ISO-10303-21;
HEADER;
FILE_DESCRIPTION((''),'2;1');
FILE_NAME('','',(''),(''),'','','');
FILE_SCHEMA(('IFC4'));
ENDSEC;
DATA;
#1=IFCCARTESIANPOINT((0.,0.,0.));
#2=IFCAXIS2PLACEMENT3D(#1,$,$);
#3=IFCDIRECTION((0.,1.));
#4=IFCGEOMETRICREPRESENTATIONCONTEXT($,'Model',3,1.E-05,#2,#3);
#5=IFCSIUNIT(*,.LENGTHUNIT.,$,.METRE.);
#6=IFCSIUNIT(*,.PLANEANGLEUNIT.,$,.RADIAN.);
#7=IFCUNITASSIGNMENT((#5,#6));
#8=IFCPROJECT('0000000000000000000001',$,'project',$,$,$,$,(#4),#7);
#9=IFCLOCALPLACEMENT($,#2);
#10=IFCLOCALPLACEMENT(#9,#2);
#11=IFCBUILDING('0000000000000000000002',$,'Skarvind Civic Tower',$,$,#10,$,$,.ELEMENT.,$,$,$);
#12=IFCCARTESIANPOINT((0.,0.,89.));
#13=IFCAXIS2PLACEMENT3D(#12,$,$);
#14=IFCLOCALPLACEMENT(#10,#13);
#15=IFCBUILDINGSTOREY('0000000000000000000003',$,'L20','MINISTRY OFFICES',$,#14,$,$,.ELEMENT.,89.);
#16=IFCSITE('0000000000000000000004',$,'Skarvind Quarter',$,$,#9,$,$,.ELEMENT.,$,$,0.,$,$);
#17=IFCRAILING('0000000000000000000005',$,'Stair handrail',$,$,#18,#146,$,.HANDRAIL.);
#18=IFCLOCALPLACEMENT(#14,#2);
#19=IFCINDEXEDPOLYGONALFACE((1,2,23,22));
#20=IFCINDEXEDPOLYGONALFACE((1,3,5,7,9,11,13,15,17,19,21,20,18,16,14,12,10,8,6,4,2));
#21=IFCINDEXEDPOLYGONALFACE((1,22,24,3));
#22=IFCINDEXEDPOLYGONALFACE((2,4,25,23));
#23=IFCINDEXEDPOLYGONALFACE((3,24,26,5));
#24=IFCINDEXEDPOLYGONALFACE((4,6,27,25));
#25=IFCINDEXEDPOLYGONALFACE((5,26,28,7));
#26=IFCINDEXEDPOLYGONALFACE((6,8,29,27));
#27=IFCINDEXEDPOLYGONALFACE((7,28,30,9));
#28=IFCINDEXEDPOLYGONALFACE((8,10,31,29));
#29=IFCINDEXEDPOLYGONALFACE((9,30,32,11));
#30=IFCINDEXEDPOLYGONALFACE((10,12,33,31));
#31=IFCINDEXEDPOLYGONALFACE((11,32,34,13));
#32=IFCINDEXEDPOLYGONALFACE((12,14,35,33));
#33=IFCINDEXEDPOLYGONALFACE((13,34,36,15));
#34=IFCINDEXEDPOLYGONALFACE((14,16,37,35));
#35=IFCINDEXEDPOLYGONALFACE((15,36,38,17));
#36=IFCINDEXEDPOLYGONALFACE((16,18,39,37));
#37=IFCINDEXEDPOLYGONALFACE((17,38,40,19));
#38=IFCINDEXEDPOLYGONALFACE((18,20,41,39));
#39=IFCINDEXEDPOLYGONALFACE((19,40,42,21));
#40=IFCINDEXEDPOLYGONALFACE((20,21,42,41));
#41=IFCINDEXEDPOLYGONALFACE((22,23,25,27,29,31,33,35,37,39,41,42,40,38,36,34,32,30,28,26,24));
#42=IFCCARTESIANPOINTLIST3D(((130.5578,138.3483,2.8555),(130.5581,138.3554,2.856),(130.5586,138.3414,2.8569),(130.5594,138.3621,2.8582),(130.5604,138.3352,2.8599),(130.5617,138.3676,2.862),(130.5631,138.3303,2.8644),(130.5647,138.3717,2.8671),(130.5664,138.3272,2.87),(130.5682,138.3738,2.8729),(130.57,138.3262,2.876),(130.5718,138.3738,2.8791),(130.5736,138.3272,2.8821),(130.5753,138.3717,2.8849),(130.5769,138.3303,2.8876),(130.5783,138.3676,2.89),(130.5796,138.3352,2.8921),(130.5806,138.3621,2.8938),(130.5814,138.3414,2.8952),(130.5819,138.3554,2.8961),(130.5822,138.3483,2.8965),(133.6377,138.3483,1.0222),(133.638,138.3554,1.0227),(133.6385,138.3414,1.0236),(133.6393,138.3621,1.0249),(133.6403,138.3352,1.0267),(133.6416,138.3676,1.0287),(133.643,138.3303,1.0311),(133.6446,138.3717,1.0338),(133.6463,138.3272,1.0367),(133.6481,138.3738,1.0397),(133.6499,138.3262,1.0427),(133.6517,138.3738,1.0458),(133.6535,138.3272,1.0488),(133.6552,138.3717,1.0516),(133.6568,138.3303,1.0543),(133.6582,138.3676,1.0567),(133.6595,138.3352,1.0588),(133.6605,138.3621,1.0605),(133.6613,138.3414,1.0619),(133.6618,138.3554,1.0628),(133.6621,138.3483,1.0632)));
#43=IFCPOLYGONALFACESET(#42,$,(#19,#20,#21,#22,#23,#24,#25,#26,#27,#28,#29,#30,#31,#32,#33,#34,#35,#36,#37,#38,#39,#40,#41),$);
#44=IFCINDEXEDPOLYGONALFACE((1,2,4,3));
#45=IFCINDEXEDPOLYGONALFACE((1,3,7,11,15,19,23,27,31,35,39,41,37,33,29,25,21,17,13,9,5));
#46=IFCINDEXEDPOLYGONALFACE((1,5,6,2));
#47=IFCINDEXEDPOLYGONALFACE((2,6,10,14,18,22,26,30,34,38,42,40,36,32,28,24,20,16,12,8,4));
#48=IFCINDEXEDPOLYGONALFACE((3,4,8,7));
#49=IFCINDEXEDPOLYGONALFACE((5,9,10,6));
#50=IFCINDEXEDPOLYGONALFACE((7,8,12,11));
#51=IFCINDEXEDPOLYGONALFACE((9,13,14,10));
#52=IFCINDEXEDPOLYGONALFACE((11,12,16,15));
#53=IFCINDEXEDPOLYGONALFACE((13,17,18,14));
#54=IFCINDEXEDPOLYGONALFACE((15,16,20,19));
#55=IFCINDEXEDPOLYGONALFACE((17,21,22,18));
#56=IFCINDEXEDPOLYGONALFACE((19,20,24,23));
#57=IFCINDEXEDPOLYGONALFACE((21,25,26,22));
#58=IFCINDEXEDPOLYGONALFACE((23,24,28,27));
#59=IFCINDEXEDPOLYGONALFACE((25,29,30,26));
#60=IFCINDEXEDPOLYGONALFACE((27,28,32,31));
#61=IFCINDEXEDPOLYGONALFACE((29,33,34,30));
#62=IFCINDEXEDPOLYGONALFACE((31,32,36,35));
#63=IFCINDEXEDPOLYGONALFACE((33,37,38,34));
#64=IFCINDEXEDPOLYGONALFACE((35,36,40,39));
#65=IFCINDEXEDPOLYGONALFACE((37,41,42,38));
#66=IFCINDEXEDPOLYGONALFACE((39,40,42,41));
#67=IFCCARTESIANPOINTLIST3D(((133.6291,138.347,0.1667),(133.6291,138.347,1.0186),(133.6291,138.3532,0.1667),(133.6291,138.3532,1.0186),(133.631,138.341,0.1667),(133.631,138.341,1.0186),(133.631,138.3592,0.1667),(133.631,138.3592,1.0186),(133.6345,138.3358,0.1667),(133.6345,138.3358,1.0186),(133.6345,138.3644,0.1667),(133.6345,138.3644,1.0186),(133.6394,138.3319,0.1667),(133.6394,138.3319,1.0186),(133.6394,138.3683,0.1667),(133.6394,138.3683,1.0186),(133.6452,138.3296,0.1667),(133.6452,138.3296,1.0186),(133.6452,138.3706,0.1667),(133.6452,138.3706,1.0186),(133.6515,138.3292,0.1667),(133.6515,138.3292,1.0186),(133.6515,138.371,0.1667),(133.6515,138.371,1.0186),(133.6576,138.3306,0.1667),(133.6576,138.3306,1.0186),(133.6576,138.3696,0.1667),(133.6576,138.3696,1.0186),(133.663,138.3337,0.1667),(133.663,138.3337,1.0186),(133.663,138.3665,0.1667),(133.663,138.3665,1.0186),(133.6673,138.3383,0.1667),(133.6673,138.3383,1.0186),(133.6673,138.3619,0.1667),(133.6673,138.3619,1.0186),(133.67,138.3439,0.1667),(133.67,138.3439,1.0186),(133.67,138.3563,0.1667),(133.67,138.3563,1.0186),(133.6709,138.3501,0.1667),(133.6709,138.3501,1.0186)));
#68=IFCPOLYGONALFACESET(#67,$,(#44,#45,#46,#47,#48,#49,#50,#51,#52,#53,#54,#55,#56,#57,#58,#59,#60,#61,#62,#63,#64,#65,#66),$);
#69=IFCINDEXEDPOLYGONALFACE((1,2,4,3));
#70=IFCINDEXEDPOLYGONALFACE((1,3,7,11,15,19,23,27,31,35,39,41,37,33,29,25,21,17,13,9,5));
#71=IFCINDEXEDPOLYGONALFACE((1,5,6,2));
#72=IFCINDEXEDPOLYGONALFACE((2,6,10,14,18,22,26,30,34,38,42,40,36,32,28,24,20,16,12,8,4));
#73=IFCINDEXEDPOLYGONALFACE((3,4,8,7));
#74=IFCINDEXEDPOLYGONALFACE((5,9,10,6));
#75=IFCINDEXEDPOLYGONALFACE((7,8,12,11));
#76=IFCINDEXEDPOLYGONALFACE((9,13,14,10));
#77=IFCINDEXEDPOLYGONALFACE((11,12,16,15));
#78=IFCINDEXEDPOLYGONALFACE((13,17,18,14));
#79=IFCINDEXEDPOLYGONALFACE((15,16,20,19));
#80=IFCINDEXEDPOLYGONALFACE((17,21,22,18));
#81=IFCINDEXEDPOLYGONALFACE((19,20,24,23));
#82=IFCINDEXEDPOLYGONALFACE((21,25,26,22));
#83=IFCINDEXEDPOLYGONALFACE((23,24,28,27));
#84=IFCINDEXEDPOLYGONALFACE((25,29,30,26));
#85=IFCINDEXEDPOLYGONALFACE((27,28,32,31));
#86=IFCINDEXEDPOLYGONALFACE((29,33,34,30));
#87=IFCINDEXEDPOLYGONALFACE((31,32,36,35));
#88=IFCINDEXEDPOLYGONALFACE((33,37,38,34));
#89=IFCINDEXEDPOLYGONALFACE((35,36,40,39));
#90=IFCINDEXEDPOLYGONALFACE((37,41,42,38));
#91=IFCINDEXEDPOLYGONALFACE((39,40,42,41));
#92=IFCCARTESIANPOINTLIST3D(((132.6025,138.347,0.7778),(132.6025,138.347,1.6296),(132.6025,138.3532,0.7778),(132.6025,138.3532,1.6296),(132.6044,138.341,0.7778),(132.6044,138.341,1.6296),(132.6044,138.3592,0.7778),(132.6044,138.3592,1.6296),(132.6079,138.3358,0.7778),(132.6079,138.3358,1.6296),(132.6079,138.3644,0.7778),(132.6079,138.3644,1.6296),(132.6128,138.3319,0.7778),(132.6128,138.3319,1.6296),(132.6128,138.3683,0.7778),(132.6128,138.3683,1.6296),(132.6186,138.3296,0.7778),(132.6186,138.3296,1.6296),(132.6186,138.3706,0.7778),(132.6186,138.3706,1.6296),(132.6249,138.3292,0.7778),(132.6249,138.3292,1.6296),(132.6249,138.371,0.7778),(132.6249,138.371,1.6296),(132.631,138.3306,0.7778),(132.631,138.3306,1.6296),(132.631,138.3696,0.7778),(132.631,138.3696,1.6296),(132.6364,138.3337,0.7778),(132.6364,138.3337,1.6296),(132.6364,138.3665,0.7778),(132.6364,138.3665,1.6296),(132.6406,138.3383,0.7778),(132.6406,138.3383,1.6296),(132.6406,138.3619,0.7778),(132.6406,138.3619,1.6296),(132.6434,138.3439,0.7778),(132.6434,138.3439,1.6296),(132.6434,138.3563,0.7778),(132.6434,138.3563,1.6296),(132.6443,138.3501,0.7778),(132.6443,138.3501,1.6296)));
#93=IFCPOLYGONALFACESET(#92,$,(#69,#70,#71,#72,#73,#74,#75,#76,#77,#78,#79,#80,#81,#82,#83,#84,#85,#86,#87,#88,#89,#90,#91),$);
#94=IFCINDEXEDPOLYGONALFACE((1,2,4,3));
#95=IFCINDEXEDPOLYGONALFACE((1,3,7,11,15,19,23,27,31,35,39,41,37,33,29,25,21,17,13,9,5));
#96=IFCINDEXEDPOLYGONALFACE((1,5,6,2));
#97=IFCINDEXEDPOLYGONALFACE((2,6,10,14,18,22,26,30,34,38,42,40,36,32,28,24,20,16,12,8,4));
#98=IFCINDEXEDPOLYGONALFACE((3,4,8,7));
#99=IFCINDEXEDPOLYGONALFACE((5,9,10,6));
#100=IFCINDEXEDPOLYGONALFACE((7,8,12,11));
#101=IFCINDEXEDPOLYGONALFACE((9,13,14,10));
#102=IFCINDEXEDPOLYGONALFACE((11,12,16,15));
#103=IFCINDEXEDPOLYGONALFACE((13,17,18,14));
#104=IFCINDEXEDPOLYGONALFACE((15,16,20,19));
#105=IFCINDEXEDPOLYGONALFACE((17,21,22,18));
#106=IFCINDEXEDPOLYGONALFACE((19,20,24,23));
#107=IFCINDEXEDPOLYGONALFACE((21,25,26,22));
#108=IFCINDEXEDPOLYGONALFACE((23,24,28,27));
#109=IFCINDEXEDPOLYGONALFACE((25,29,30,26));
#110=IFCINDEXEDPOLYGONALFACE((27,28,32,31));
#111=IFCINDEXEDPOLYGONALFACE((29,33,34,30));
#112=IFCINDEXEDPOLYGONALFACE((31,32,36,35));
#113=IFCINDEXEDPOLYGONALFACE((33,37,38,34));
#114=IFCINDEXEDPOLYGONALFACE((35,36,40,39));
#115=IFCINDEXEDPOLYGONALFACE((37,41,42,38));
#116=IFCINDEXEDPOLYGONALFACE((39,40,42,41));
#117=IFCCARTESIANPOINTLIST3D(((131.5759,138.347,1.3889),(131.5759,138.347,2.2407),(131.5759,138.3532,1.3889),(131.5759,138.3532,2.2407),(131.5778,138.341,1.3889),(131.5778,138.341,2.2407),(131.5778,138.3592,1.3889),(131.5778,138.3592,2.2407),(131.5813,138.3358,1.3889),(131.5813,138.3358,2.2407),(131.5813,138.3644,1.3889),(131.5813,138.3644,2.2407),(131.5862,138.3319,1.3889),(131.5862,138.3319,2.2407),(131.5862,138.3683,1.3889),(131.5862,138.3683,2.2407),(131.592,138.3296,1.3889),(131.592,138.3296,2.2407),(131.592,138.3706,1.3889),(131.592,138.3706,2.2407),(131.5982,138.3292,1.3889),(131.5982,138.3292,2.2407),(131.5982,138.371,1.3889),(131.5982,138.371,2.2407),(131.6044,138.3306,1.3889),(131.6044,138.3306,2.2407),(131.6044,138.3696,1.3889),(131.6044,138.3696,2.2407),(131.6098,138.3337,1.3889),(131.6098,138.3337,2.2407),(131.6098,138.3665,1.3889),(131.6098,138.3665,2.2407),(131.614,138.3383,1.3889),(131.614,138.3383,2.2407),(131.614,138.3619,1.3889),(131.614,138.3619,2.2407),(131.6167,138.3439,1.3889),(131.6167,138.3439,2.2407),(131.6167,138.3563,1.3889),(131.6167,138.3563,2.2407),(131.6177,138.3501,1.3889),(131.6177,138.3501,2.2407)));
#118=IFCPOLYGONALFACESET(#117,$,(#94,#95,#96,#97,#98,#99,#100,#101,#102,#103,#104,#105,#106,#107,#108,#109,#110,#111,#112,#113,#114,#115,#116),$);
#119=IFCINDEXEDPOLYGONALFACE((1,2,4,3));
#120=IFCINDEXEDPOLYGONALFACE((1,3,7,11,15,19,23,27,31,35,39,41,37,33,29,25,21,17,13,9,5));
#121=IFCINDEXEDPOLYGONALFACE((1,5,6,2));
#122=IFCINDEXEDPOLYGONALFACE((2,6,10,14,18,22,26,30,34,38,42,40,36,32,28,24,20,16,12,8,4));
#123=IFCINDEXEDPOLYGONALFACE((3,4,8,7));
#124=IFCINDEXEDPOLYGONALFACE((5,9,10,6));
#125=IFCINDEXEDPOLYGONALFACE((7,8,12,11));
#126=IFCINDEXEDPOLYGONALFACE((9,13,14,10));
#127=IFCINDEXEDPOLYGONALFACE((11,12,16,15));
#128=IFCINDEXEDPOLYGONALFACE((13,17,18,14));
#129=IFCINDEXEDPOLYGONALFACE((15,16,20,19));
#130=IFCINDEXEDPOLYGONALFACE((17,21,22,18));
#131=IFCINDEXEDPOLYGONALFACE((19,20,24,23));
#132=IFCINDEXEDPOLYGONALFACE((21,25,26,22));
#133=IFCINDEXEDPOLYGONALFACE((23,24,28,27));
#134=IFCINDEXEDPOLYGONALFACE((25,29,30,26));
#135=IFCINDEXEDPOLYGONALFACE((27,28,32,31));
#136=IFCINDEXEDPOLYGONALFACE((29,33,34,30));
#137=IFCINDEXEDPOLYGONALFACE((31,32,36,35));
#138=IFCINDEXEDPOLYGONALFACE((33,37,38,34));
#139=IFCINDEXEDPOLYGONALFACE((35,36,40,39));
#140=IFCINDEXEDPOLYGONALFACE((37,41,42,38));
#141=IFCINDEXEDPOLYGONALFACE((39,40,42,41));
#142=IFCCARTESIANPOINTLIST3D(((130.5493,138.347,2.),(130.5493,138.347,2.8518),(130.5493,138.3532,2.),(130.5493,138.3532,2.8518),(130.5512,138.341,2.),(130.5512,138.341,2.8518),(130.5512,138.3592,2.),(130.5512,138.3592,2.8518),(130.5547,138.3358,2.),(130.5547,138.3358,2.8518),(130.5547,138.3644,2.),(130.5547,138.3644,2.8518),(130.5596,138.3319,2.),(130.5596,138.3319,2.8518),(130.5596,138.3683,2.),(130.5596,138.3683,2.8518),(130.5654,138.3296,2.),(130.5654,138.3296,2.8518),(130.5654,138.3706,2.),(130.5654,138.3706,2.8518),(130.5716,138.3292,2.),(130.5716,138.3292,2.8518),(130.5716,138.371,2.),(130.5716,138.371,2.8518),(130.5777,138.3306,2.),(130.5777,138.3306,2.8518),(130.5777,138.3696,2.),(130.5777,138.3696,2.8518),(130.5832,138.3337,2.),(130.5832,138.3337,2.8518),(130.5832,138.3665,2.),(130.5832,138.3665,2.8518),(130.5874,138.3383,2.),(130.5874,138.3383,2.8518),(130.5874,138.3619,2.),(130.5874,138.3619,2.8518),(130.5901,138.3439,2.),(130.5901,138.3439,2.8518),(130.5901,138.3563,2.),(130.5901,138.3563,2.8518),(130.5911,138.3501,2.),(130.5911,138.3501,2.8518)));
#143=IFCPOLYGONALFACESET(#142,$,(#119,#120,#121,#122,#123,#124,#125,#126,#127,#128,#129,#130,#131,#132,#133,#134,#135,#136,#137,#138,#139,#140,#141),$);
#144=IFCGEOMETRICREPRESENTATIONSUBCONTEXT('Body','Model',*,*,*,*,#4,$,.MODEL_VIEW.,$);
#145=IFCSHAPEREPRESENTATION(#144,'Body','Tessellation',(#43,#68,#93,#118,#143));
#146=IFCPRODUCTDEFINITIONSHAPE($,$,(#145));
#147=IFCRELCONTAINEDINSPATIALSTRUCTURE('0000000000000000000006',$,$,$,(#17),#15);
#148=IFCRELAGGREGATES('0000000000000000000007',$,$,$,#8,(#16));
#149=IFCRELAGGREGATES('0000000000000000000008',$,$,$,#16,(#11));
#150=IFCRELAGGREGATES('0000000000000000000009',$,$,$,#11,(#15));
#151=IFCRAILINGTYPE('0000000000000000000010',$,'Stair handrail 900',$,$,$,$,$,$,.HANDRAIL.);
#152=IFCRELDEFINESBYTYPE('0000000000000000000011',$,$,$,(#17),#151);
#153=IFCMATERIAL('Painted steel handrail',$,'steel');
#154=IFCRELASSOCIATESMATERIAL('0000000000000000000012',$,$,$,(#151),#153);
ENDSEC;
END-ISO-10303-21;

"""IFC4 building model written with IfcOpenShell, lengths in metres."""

from ifc_helpers import new_model, si_unit, direction, frame, origin, origin_2d, place, context, subcontext, project, spatial, circle, extrude, material, type_object, element, save


model = new_model("IFC4")

# Units and contexts
model_context = context("Model", 3, precision=1e-05, world=origin(), true_north=direction((0.0, 1.0)))
body_context = subcontext(model_context, "Body", "Model", "MODEL_VIEW")
ifc_project = project(units=[si_unit("LENGTHUNIT", "METRE"), si_unit("PLANEANGLEUNIT", "RADIAN")], contexts=[model_context])

# Site, building, storey
site_placement = place(None, origin())
site = spatial("IfcSite", under=ifc_project, at=site_placement, Name="Skarvind Quarter", CompositionType="ELEMENT", RefElevation=0.0)
building_placement = place(site_placement, origin())
building = spatial("IfcBuilding", under=site, at=building_placement, Name="Skarvind Civic Tower", CompositionType="ELEMENT")
storey_placement = place(building_placement, frame((0.0, 0.0, 89.0)))
storey = spatial("IfcBuildingStorey", under=building, at=storey_placement, Name="L20", Description="MINISTRY OFFICES", CompositionType="ELEMENT", Elevation=89.0)

# Railing
ifc_material_1 = material(Name="Painted steel handrail", Category="steel")
railing_type = type_object("IfcRailingType", Name="Stair handrail 900", PredefinedType="HANDRAIL", material=ifc_material_1)
railing_1_placement = place(storey_placement, frame((133.6499, 138.3501, 0.1667)))
element("IfcRailing", 1, at=railing_1_placement, inside=storey, type_object=railing_type, Name="Stair handrail", PredefinedType="HANDRAIL", context=body_context, shape_type="SweptSolid", body=[
    extrude(circle(Radius=0.0239, at=origin_2d()), frame((0.0, 0.0, 0.876), z_axis=(-0.859291, 0.0, 0.511487), x_axis=(0.0, -1.0, 0.0)), (0.0, 0.0, 1.0), 3.5842),
    extrude(circle(Radius=0.021, at=origin_2d()), origin(), (0.0, 0.0, 1.0), 0.8518),
    extrude(circle(Radius=0.021, at=origin_2d()), frame((-1.0266, 0.0, 0.6111)), (0.0, 0.0, 1.0), 0.8518),
    extrude(circle(Radius=0.021, at=origin_2d()), frame((-2.0532, 0.0, 1.2222)), (0.0, 0.0, 1.0), 0.8518),
    extrude(circle(Radius=0.021, at=origin_2d()), frame((-3.0798, 0.0, 1.8333)), (0.0, 0.0, 1.0), 0.8518),
])

save(model, "model.ifc")
